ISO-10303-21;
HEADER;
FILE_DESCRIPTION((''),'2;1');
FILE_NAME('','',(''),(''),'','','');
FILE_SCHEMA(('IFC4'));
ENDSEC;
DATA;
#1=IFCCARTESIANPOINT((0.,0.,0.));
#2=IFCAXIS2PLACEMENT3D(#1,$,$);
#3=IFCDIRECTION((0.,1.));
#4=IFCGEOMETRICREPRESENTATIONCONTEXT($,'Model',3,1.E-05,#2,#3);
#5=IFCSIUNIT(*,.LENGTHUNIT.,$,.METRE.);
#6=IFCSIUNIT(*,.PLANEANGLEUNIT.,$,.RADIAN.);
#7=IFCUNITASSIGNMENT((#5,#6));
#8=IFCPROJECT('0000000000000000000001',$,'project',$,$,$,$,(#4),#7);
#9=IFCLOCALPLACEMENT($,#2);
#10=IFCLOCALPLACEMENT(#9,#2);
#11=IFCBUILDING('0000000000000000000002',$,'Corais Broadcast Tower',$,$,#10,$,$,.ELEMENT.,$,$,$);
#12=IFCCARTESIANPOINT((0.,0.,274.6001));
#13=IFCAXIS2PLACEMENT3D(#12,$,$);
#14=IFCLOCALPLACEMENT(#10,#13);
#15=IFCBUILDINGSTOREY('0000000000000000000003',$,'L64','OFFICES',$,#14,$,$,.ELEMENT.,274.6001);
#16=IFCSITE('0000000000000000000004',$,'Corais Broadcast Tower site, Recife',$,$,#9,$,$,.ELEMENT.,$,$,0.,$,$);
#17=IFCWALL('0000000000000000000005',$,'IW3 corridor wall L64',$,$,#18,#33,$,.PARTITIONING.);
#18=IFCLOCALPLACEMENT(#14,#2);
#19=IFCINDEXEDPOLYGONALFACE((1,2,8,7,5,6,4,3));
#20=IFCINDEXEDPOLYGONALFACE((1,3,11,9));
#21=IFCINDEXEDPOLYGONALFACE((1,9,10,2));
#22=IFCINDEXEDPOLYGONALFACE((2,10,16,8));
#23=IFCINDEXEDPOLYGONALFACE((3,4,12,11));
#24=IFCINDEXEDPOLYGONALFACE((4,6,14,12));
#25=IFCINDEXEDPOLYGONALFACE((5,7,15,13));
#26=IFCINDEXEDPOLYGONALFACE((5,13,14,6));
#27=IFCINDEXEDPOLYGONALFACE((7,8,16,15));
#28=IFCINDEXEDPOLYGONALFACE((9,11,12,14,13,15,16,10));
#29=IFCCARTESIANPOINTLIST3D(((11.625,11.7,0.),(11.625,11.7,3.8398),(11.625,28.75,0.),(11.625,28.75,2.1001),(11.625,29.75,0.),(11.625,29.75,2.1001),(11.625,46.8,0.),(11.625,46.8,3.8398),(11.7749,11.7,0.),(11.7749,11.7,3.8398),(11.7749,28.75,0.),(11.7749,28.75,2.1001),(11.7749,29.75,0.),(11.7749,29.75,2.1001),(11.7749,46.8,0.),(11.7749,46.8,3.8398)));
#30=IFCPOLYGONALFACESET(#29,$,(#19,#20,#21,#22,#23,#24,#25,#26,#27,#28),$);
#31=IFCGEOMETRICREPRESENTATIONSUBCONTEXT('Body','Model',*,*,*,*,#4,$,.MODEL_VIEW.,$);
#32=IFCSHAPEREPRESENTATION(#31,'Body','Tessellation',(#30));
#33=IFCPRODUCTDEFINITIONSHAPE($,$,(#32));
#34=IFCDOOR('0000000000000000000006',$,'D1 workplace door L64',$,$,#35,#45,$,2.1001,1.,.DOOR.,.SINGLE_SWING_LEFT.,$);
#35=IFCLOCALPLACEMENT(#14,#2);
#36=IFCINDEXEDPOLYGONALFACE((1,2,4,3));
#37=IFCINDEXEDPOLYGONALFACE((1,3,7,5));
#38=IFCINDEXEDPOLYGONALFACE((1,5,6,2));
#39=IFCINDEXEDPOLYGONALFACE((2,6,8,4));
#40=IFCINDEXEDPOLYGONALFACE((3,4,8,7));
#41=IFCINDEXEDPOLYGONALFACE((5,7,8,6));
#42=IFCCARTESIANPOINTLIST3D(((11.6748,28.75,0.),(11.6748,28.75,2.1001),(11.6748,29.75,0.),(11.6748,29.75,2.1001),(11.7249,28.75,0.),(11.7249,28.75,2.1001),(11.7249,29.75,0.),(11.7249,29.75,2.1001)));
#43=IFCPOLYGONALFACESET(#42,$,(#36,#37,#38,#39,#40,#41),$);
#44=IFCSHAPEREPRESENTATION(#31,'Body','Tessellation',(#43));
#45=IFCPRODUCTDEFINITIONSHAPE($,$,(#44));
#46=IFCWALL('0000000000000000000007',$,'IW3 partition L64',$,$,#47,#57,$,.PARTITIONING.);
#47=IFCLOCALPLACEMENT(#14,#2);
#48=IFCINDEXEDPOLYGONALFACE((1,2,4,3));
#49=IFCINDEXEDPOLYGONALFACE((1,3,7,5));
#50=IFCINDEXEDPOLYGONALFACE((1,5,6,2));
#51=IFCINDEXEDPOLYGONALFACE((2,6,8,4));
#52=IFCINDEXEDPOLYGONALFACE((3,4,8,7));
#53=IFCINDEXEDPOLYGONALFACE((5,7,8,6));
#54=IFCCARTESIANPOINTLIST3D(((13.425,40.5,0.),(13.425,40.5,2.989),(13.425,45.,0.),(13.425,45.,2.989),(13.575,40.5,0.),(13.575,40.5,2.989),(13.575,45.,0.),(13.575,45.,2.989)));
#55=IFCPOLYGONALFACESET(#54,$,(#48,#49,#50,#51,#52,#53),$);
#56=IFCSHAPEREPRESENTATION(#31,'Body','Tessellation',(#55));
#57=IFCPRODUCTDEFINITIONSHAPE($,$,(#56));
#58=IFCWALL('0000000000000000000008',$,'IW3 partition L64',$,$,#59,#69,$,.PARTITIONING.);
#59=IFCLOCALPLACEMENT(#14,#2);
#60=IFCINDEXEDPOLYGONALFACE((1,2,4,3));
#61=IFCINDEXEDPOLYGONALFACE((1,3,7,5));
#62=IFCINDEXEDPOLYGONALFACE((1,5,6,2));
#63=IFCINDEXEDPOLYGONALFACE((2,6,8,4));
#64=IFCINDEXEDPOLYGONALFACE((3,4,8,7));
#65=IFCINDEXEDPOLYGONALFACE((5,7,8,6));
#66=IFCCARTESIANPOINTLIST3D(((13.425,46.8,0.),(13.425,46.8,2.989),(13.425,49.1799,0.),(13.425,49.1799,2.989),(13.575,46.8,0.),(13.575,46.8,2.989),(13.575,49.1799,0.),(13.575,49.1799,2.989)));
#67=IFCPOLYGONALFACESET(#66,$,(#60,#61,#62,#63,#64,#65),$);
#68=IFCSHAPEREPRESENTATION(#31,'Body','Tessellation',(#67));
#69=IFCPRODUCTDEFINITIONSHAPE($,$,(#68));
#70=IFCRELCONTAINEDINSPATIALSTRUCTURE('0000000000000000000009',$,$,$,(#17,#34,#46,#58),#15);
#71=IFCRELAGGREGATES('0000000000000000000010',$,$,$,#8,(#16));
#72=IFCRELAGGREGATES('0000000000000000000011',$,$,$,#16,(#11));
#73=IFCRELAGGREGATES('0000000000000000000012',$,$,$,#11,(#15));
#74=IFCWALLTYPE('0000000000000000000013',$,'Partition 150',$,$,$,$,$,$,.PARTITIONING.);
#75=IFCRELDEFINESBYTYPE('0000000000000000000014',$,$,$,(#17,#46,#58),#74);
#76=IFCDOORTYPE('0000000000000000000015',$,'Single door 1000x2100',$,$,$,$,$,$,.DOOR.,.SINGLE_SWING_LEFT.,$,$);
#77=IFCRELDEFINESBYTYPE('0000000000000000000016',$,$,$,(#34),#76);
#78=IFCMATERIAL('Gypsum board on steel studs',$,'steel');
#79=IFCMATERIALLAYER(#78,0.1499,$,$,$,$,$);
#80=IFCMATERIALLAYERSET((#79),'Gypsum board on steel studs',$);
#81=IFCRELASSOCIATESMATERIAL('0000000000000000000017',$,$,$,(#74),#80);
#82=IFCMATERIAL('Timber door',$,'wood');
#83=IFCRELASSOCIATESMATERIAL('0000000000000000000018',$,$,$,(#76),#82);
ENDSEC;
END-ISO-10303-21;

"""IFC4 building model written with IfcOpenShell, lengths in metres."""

from ifc_helpers import new_model, si_unit, direction, frame, frame_2d, origin, place, context, subcontext, project, spatial, rectangle, extrude, material, layer, layer_set, type_object, element, fill, save


model = new_model("IFC4")

# Units and contexts
model_context = context("Model", 3, precision=1e-05, world=origin(), true_north=direction((0.0, 1.0)))
body_context = subcontext(model_context, "Body", "Model", "MODEL_VIEW")
ifc_project = project(units=[si_unit("LENGTHUNIT", "METRE"), si_unit("PLANEANGLEUNIT", "RADIAN")], contexts=[model_context])

# Site, building, storey
site_placement = place(None, origin())
site = spatial("IfcSite", under=ifc_project, at=site_placement, Name="Corais Broadcast Tower site, Recife", CompositionType="ELEMENT", RefElevation=0.0)
building_placement = place(site_placement, origin())
building = spatial("IfcBuilding", under=site, at=building_placement, Name="Corais Broadcast Tower", CompositionType="ELEMENT")
storey_placement = place(building_placement, frame((0.0, 0.0, 274.6001)))
storey = spatial("IfcBuildingStorey", under=building, at=storey_placement, Name="L64", Description="OFFICES", CompositionType="ELEMENT", Elevation=274.6001)

# Wall, opening, door
ifc_material_1 = material(Name="Gypsum board on steel studs", Category="steel")
ifc_layer_1 = layer(ifc_material_1, 0.1499)
ifc_layer_set_1 = layer_set([ifc_layer_1], Name="Gypsum board on steel studs")
wall_type_1 = type_object("IfcWallType", Name="Partition 150", PredefinedType="PARTITIONING", material=ifc_layer_set_1)
wall_1_placement = place(storey_placement, frame((11.7, 46.8, 0.0), z_axis=(0.0, 0.0, 1.0), x_axis=(0.0, -1.0, 0.0)))
wall_1 = element("IfcWall", 1, at=wall_1_placement, inside=storey, type_object=wall_type_1, Name="IW3 corridor wall L64", PredefinedType="PARTITIONING", context=body_context, shape_type="SweptSolid", body=[
    extrude(rectangle(XDim=35.1001, YDim=0.1499, at=frame_2d((17.55, 0.0))), origin(), (0.0, 0.0, 1.0), 3.8398),
])
opening_1_placement = place(wall_1_placement, frame((17.05, 0.0, 0.0)))
opening_1 = element("IfcOpeningElement", 2, at=opening_1_placement, cuts=wall_1, PredefinedType="OPENING", context=body_context, shape_type="SweptSolid", body=[
    extrude(rectangle(XDim=1.0, YDim=2.1001, at=frame_2d((0.5, 1.05))), frame((0.0, 0.085, 0.0), z_axis=(0.0, -1.0, 0.0), x_axis=(1.0, 0.0, 0.0)), (0.0, 0.0, 1.0), 0.1699),
])
ifc_material_2 = material(Name="Timber door", Category="wood")
door_type_1 = type_object("IfcDoorType", Name="Single door 1000x2100", OperationType="SINGLE_SWING_LEFT", PredefinedType="DOOR", material=ifc_material_2)
door_1_placement = place(opening_1_placement, origin())
door_1 = element("IfcDoor", 3, at=door_1_placement, inside=storey, type_object=door_type_1, Name="D1 workplace door L64", OperationType="SINGLE_SWING_LEFT", OverallHeight=2.1001, OverallWidth=1.0, PredefinedType="DOOR", context=body_context, shape_type="SweptSolid", body=[
    extrude(rectangle(XDim=1.0, YDim=2.1001, at=frame_2d((0.5, 1.05))), frame((0.0, 0.0249, 0.0), z_axis=(0.0, -1.0, 0.0), x_axis=(1.0, 0.0, 0.0)), (0.0, 0.0, 1.0), 0.05),
])
fill(opening_1, door_1)

# Walls
wall_2_placement = place(storey_placement, frame((13.5, 45.0, 0.0), z_axis=(0.0, 0.0, 1.0), x_axis=(0.0, -1.0, 0.0)))
element("IfcWall", 4, at=wall_2_placement, inside=storey, type_object=wall_type_1, Name="IW3 partition L64", PredefinedType="PARTITIONING", context=body_context, shape_type="SweptSolid", body=[
    extrude(rectangle(XDim=4.5, YDim=0.1499, at=frame_2d((2.25, 0.0))), origin(), (0.0, 0.0, 1.0), 2.989),
])
wall_3_placement = place(storey_placement, frame((13.5, 46.8, 0.0), z_axis=(0.0, 0.0, 1.0), x_axis=(0.0, 1.0, 0.0)))
element("IfcWall", 5, at=wall_3_placement, inside=storey, type_object=wall_type_1, Name="IW3 partition L64", PredefinedType="PARTITIONING", context=body_context, shape_type="SweptSolid", body=[
    extrude(rectangle(XDim=2.3799, YDim=0.1499, at=frame_2d((1.1899, 0.0))), origin(), (0.0, 0.0, 1.0), 2.989),
])

save(model, "model.ifc")
